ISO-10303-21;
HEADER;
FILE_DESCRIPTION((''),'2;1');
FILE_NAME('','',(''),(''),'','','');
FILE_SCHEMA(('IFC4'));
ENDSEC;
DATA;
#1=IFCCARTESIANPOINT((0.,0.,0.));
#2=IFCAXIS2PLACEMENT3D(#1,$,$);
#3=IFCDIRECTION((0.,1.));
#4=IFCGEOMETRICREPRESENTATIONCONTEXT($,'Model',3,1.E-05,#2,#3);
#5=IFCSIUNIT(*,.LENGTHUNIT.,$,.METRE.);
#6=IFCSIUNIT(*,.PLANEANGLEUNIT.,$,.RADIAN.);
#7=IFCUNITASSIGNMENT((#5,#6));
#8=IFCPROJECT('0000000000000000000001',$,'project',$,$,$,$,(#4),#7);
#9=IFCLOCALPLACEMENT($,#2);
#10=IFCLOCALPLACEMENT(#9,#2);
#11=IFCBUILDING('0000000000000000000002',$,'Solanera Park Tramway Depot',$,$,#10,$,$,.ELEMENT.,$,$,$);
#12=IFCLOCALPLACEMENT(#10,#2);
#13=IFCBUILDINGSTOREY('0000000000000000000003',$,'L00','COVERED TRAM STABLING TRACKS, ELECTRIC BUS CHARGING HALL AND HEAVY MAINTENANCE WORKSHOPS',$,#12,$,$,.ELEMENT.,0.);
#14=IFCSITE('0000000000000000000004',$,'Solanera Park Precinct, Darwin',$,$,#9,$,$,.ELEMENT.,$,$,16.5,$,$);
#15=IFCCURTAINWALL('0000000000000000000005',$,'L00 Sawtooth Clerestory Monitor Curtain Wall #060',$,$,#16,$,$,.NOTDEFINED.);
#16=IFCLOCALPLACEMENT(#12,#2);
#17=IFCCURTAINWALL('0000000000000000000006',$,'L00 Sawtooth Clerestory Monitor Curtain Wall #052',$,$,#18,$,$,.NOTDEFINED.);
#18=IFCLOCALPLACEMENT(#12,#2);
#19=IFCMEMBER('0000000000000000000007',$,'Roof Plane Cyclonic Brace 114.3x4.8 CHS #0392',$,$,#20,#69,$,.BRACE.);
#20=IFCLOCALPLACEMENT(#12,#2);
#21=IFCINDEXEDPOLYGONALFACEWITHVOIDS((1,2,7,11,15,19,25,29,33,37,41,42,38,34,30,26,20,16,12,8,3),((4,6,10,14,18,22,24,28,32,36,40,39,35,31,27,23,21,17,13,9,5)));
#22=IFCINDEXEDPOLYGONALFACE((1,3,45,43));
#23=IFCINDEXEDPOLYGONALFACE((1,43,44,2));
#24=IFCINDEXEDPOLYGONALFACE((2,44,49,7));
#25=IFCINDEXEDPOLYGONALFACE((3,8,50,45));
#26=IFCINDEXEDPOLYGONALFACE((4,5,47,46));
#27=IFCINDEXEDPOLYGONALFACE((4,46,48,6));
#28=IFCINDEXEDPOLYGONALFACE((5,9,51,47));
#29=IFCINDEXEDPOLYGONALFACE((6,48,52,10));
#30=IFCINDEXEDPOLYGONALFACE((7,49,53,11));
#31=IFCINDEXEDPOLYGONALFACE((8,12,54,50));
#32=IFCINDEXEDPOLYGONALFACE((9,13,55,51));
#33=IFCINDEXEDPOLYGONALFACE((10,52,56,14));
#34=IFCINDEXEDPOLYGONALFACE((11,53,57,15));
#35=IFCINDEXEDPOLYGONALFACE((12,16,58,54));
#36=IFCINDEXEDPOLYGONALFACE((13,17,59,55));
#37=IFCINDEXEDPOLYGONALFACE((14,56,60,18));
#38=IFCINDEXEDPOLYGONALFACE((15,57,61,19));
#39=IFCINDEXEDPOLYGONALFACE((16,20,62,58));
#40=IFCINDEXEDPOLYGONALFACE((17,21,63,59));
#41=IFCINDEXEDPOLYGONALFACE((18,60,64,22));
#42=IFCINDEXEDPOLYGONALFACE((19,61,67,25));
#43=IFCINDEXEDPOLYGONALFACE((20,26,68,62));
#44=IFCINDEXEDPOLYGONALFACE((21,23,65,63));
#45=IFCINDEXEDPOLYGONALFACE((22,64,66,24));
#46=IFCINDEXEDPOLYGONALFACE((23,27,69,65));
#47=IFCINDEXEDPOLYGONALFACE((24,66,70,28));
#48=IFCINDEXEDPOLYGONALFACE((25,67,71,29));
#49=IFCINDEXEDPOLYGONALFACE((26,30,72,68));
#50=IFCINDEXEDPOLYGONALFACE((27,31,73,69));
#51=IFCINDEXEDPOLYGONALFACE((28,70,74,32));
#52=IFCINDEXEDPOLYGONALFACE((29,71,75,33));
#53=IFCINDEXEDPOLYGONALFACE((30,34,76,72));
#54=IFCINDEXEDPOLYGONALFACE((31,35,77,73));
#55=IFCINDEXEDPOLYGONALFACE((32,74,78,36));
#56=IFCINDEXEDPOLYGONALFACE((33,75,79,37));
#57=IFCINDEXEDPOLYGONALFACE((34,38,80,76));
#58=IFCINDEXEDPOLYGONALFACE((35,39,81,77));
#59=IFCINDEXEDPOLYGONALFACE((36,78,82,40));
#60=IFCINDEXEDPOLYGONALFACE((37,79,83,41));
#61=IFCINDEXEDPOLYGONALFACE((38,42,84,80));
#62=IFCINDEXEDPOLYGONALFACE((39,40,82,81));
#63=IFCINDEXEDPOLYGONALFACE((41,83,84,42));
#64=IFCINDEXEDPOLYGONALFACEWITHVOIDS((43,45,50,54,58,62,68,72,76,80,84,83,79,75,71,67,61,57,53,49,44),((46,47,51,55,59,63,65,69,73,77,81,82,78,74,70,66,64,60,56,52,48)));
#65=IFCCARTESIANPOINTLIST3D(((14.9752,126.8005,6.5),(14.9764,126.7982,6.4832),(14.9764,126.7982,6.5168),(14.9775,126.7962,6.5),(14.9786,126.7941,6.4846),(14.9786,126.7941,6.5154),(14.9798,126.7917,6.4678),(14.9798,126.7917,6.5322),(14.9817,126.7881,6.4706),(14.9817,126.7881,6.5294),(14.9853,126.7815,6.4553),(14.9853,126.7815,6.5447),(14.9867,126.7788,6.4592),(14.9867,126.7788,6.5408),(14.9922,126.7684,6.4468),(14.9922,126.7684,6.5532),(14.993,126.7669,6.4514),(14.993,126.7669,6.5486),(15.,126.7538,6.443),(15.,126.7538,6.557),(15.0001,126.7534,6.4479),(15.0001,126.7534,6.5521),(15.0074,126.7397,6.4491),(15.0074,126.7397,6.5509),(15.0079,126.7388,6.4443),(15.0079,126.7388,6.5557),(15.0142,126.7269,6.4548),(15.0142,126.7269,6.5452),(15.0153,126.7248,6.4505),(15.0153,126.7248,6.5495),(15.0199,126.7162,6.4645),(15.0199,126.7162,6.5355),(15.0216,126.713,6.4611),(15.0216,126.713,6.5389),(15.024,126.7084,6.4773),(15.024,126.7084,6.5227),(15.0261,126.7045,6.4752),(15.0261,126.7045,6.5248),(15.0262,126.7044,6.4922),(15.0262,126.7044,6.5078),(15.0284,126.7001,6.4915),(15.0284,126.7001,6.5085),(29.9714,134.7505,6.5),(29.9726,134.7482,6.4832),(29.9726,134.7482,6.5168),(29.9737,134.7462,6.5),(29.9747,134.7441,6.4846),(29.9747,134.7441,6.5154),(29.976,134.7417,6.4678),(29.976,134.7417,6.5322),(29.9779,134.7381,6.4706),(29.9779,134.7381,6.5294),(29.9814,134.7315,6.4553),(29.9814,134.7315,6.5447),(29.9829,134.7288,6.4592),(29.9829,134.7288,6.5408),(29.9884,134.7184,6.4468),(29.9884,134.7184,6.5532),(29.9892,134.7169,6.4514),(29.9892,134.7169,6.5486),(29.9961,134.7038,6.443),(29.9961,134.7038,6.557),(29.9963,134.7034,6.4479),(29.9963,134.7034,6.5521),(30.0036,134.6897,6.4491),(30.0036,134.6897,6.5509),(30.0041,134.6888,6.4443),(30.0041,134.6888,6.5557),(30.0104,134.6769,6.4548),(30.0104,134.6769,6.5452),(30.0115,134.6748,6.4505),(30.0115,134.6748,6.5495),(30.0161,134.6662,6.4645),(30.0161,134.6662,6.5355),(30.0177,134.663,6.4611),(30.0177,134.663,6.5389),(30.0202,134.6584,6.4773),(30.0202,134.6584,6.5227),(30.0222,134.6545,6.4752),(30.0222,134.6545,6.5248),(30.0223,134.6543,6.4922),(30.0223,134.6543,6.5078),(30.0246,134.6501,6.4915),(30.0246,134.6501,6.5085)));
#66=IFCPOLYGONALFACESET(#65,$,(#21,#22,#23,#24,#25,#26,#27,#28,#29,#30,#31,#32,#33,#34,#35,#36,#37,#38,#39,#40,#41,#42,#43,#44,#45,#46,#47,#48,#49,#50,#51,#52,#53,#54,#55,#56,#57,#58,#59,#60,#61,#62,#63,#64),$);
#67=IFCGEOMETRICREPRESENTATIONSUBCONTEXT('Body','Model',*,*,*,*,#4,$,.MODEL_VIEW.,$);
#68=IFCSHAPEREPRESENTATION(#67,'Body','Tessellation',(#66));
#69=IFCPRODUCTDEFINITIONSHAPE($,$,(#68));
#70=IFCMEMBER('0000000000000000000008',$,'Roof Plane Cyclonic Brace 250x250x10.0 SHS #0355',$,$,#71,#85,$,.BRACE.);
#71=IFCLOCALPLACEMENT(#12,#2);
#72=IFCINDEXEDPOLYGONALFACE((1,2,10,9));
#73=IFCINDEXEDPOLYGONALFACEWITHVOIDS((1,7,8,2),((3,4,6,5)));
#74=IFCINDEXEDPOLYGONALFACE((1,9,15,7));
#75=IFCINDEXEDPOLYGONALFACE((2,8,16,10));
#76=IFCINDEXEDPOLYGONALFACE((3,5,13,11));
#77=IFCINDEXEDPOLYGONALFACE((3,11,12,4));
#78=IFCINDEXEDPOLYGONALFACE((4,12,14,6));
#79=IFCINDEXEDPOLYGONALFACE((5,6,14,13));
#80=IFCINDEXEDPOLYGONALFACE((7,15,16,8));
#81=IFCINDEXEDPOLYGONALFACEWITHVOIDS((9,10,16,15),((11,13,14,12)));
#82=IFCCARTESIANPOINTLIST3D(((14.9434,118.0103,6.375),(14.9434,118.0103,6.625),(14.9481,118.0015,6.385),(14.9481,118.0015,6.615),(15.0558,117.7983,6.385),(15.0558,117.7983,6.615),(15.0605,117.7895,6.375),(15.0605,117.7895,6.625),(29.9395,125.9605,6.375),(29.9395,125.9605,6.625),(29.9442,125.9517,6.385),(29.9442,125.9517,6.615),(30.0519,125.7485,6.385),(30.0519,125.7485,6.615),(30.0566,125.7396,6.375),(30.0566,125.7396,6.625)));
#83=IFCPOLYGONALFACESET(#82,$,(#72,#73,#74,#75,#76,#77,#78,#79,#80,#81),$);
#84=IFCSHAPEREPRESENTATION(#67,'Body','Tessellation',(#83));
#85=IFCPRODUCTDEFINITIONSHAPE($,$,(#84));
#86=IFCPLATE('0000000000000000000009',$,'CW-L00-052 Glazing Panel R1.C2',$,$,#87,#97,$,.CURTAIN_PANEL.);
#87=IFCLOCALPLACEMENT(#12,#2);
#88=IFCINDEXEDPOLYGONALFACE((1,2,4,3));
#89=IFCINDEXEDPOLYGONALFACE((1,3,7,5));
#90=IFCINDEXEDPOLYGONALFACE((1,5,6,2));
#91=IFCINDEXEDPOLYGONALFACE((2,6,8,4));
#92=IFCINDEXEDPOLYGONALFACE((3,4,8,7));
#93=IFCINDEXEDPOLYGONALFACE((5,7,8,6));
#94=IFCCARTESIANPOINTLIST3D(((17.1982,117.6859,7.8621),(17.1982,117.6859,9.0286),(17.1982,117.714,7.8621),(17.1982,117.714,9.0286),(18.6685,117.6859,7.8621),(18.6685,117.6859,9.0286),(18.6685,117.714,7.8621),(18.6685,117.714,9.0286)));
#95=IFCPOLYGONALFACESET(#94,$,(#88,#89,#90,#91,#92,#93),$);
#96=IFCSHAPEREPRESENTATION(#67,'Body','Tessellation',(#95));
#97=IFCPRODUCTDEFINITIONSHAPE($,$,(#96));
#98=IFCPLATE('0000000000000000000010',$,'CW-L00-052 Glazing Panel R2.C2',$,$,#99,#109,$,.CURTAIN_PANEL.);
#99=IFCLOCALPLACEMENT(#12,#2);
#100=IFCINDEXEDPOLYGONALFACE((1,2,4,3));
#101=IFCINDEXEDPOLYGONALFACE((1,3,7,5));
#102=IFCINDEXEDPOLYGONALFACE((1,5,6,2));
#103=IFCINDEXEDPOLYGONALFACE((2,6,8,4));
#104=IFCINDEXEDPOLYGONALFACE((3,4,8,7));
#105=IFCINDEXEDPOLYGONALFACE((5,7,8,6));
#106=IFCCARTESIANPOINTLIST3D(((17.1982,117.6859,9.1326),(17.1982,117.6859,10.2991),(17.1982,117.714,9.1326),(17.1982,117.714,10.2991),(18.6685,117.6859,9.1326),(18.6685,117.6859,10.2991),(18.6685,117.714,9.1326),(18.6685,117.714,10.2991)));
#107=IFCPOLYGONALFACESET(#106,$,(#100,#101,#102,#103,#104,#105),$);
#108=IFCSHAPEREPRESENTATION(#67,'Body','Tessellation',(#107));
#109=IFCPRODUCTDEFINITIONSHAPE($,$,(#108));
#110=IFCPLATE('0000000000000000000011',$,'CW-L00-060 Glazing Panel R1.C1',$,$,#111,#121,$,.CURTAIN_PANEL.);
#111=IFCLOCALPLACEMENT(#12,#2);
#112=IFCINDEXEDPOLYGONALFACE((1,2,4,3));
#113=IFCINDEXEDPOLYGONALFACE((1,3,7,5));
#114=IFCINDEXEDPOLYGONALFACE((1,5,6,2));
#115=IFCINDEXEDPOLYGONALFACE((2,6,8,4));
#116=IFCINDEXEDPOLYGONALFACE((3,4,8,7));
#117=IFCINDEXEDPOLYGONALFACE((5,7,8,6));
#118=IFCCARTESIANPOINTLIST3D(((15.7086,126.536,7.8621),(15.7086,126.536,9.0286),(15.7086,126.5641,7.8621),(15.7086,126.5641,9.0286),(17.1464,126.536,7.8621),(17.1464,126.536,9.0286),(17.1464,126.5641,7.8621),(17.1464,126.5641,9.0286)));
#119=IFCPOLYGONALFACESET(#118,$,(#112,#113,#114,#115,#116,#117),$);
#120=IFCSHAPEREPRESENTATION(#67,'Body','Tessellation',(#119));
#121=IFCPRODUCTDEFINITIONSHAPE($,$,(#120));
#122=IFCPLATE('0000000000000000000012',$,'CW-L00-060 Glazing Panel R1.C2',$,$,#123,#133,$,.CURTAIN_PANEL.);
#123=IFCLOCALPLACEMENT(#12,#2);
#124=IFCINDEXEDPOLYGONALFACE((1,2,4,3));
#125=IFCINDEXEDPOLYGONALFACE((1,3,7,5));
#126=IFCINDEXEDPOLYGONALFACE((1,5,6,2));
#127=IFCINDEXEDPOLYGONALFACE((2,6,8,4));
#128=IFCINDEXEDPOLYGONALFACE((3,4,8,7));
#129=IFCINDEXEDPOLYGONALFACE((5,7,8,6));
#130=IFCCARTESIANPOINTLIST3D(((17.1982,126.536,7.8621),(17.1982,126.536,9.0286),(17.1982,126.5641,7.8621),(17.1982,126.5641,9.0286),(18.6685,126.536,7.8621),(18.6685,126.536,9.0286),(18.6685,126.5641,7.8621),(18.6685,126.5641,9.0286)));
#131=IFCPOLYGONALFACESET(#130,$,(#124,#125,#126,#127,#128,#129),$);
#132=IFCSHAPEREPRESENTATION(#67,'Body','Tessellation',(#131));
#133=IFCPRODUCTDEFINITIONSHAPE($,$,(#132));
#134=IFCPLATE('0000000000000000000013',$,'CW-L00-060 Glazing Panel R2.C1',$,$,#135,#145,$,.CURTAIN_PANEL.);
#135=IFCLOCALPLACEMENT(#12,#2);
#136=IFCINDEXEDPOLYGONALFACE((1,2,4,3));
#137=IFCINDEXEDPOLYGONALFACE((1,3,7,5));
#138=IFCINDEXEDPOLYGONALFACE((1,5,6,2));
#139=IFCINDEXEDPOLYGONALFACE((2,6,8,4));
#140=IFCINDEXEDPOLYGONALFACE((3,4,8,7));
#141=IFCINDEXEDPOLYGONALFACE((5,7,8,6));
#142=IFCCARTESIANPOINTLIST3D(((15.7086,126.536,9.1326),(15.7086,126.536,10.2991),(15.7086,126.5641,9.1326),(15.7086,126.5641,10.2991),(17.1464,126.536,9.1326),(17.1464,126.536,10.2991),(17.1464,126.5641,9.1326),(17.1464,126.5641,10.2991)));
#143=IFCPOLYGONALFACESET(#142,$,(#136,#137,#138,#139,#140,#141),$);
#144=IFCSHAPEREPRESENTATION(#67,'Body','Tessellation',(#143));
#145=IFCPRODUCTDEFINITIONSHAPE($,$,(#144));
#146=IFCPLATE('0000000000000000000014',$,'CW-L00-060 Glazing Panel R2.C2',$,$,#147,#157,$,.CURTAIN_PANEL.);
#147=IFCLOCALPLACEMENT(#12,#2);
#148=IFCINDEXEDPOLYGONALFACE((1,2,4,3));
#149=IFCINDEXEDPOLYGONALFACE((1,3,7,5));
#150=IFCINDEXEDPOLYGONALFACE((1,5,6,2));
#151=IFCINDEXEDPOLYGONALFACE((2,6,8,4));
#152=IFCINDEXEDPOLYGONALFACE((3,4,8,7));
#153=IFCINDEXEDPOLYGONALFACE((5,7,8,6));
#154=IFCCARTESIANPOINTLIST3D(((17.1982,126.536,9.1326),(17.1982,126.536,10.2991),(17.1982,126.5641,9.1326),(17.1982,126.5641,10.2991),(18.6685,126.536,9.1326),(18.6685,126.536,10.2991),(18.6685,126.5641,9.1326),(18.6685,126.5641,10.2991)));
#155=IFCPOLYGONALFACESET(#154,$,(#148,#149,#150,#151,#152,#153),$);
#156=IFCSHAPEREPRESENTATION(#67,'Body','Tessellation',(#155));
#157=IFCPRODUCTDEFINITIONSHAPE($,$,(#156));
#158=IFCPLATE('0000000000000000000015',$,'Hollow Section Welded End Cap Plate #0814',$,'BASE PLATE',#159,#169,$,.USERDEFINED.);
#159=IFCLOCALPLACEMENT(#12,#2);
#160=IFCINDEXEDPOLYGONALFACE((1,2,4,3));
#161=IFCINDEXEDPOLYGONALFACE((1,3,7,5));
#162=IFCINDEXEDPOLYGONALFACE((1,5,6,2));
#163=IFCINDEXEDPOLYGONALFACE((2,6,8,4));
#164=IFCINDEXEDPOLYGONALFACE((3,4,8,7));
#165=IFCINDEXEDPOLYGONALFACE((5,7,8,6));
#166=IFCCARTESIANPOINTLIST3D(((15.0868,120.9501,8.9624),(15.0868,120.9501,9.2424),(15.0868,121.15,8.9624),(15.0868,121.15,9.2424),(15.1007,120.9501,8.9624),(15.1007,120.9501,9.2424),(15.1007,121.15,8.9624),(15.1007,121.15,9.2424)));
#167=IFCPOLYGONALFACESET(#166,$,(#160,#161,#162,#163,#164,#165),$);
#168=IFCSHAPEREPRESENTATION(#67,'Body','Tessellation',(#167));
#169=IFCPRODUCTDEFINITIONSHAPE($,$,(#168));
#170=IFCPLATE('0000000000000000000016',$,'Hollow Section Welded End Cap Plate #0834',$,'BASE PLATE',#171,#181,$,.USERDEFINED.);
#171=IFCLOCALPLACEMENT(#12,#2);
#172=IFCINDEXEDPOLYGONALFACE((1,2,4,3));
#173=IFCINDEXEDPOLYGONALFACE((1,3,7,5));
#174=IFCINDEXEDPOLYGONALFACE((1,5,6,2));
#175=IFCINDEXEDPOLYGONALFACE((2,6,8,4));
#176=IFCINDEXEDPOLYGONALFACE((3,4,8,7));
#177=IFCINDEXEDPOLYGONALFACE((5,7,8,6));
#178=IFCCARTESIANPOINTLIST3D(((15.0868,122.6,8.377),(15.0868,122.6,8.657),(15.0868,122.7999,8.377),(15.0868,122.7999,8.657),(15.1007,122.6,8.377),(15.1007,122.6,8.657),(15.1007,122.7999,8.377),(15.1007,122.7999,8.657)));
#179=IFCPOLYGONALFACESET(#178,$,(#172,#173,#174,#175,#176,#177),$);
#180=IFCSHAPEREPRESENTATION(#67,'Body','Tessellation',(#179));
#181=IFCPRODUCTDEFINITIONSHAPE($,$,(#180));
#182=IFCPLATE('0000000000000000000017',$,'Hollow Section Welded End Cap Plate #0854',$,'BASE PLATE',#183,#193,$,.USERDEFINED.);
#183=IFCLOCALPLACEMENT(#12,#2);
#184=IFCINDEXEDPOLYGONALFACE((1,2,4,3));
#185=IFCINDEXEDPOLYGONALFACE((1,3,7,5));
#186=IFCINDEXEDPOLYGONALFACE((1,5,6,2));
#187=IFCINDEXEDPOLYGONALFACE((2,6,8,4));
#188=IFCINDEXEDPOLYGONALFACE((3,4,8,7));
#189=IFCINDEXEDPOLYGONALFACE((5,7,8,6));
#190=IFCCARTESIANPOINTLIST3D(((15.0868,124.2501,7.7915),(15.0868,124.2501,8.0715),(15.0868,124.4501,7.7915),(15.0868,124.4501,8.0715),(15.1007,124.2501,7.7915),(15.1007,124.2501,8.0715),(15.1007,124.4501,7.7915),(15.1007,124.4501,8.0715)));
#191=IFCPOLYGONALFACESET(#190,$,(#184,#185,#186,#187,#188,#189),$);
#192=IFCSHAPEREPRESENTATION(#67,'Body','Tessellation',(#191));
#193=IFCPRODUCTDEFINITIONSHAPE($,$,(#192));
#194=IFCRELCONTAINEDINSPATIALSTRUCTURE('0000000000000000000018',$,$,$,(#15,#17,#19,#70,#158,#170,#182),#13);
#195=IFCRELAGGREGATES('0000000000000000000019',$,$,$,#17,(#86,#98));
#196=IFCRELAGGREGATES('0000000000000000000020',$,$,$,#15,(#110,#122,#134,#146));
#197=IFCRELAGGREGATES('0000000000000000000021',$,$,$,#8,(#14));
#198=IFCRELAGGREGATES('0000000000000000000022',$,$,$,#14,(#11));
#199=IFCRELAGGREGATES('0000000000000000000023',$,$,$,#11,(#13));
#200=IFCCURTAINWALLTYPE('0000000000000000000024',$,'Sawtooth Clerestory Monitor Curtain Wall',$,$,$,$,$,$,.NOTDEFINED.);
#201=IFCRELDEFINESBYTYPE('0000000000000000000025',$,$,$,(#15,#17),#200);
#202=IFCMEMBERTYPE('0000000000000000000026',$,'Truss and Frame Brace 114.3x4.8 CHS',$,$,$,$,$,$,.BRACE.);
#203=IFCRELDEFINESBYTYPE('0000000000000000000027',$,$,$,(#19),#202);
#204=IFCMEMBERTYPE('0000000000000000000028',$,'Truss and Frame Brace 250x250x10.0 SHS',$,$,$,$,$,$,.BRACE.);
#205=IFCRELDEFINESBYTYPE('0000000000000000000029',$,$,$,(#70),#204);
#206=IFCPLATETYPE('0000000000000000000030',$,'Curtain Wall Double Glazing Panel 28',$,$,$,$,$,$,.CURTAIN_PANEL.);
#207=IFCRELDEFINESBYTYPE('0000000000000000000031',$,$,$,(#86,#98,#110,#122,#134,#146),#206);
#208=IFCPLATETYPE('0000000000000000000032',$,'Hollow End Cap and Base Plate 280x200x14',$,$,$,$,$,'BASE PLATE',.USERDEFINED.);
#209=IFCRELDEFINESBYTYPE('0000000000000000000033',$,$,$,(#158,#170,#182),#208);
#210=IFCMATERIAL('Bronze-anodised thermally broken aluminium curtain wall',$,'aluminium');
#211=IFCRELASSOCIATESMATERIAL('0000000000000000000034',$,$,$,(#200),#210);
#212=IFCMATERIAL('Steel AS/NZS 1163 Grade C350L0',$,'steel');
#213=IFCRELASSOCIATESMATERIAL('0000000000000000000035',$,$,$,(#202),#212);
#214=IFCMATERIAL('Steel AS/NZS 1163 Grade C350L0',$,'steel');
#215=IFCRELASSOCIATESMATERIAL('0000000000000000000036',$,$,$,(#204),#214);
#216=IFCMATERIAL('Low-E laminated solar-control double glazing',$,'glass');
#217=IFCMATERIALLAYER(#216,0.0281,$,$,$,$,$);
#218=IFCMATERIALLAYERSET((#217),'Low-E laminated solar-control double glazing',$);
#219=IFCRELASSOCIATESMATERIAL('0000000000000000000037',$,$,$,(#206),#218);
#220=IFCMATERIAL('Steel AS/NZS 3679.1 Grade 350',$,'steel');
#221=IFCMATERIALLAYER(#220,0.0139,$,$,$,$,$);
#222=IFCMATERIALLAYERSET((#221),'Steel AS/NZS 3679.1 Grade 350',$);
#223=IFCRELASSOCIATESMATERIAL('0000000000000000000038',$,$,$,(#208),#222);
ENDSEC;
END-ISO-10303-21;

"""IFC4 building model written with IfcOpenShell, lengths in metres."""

from ifc_helpers import new_model, si_unit, direction, frame, origin, origin_2d, place, context, subcontext, project, spatial, rectangle, hollow_rectangle, hollow_circle, extrude, material, layer, layer_set, material_profile, profile_set, type_object, element, aggregate, save


model = new_model("IFC4")

# Units and contexts
model_context = context("Model", 3, precision=1e-05, world=origin(), true_north=direction((0.0, 1.0)))
body_context = subcontext(model_context, "Body", "Model", "MODEL_VIEW")
ifc_project = project(units=[si_unit("LENGTHUNIT", "METRE"), si_unit("PLANEANGLEUNIT", "RADIAN")], contexts=[model_context])

# Site, building, storey
site_placement = place(None, origin())
site = spatial("IfcSite", under=ifc_project, at=site_placement, Name="Solanera Park Precinct, Darwin", CompositionType="ELEMENT", RefElevation=16.5)
building_placement = place(site_placement, origin())
building = spatial("IfcBuilding", under=site, at=building_placement, Name="Solanera Park Tramway Depot", CompositionType="ELEMENT")
storey_placement = place(building_placement, origin())
storey = spatial("IfcBuildingStorey", under=building, at=storey_placement, Name="L00", Description="COVERED TRAM STABLING TRACKS, ELECTRIC BUS CHARGING HALL AND HEAVY MAINTENANCE WORKSHOPS", CompositionType="ELEMENT", Elevation=0.0)

# Curtain wall
ifc_material_1 = material(Name="Bronze-anodised thermally broken aluminium curtain wall", Category="aluminium")
curtain_wall_type = type_object("IfcCurtainWallType", Name="Sawtooth Clerestory Monitor Curtain Wall", PredefinedType="NOTDEFINED", material=ifc_material_1)
curtain_wall_1_placement = place(storey_placement, origin())
curtain_wall_1 = element("IfcCurtainWall", 1, at=curtain_wall_1_placement, inside=storey, type_object=curtain_wall_type, Name="L00 Sawtooth Clerestory Monitor Curtain Wall #060", PredefinedType="NOTDEFINED")

# Curtain wall
curtain_wall_2_placement = place(storey_placement, origin())
curtain_wall_2 = element("IfcCurtainWall", 2, at=curtain_wall_2_placement, inside=storey, type_object=curtain_wall_type, Name="L00 Sawtooth Clerestory Monitor Curtain Wall #052", PredefinedType="NOTDEFINED")

# Members
ifc_material_2 = material(Name="Steel AS/NZS 1163 Grade C350L0", Category="steel")
ifc_material_profile_1 = material_profile(ifc_material_2, hollow_circle(Radius=0.0571, WallThickness=0.0049, at=origin_2d()), Name="114.3x4.8 CHS")
ifc_profile_set_1 = profile_set([ifc_material_profile_1], Name="Steel AS/NZS 1163 Grade C350L0")
member_type_1 = type_object("IfcMemberType", Name="Truss and Frame Brace 114.3x4.8 CHS", PredefinedType="BRACE", material=ifc_profile_set_1)
member_1_placement = place(storey_placement, frame((15.002, 126.75, 6.5), z_axis=(0.883524, 0.468387, 0.0), x_axis=(-0.468387, 0.883524, 0.0)))
element("IfcMember", 3, at=member_1_placement, inside=storey, type_object=member_type_1, Name="Roof Plane Cyclonic Brace 114.3x4.8 CHS #0392", PredefinedType="BRACE", context=body_context, shape_type="SweptSolid", body=[
    extrude(hollow_circle(Radius=0.0571, WallThickness=0.0049, at=origin_2d()), origin(), (0.0, 0.0, 1.0), 16.9731),
])
ifc_material_3 = material(Name="Steel AS/NZS 1163 Grade C350L0", Category="steel")
ifc_material_profile_2 = material_profile(ifc_material_3, hollow_rectangle(XDim=0.25, YDim=0.25, WallThickness=0.01, at=origin_2d()), Name="250x250x10.0 SHS")
ifc_profile_set_2 = profile_set([ifc_material_profile_2], Name="Steel AS/NZS 1163 Grade C350L0")
member_type_2 = type_object("IfcMemberType", Name="Truss and Frame Brace 250x250x10.0 SHS", PredefinedType="BRACE", material=ifc_profile_set_2)
member_2_placement = place(storey_placement, frame((15.002, 117.8999, 6.5), z_axis=(0.883518, 0.468398, 0.0), x_axis=(-0.468398, 0.883518, 0.0)))
element("IfcMember", 4, at=member_2_placement, inside=storey, type_object=member_type_2, Name="Roof Plane Cyclonic Brace 250x250x10.0 SHS #0355", PredefinedType="BRACE", context=body_context, shape_type="SweptSolid", body=[
    extrude(hollow_rectangle(XDim=0.25, YDim=0.25, WallThickness=0.01, at=origin_2d()), origin(), (0.0, 0.0, 1.0), 16.9731),
])

# Plates
ifc_material_4 = material(Name="Low-E laminated solar-control double glazing", Category="glass")
ifc_layer_1 = layer(ifc_material_4, 0.0281)
ifc_layer_set_1 = layer_set([ifc_layer_1], Name="Low-E laminated solar-control double glazing")
plate_type_1 = type_object("IfcPlateType", Name="Curtain Wall Double Glazing Panel 28", PredefinedType="CURTAIN_PANEL", material=ifc_layer_set_1)
plate_1_placement = place(storey_placement, frame((17.9333, 117.7, 7.8621), z_axis=(0.0, 0.0, 1.0), x_axis=(1.0, 0.0, 0.0)))
plate_1 = element("IfcPlate", 5, at=plate_1_placement, type_object=plate_type_1, Name="CW-L00-052 Glazing Panel R1.C2", PredefinedType="CURTAIN_PANEL", context=body_context, shape_type="SweptSolid", body=[
    extrude(rectangle(XDim=1.4702, YDim=0.0281, at=origin_2d()), origin(), (0.0, 0.0, 1.0), 1.1665),
])
plate_2_placement = place(storey_placement, frame((17.9333, 117.7, 9.1326), z_axis=(0.0, 0.0, 1.0), x_axis=(1.0, 0.0, 0.0)))
plate_2 = element("IfcPlate", 6, at=plate_2_placement, type_object=plate_type_1, Name="CW-L00-052 Glazing Panel R2.C2", PredefinedType="CURTAIN_PANEL", context=body_context, shape_type="SweptSolid", body=[
    extrude(rectangle(XDim=1.4702, YDim=0.0281, at=origin_2d()), origin(), (0.0, 0.0, 1.0), 1.1665),
])
aggregate(curtain_wall_2, [plate_1, plate_2])
plate_3_placement = place(storey_placement, frame((16.4275, 126.55, 7.8621), z_axis=(0.0, 0.0, 1.0), x_axis=(1.0, 0.0, 0.0)))
plate_3 = element("IfcPlate", 7, at=plate_3_placement, type_object=plate_type_1, Name="CW-L00-060 Glazing Panel R1.C1", PredefinedType="CURTAIN_PANEL", context=body_context, shape_type="SweptSolid", body=[
    extrude(rectangle(XDim=1.4377, YDim=0.0281, at=origin_2d()), origin(), (0.0, 0.0, 1.0), 1.1665),
])
plate_4_placement = place(storey_placement, frame((17.9333, 126.55, 7.8621), z_axis=(0.0, 0.0, 1.0), x_axis=(1.0, 0.0, 0.0)))
plate_4 = element("IfcPlate", 8, at=plate_4_placement, type_object=plate_type_1, Name="CW-L00-060 Glazing Panel R1.C2", PredefinedType="CURTAIN_PANEL", context=body_context, shape_type="SweptSolid", body=[
    extrude(rectangle(XDim=1.4702, YDim=0.0281, at=origin_2d()), origin(), (0.0, 0.0, 1.0), 1.1665),
])
plate_5_placement = place(storey_placement, frame((16.4275, 126.55, 9.1326), z_axis=(0.0, 0.0, 1.0), x_axis=(1.0, 0.0, 0.0)))
plate_5 = element("IfcPlate", 9, at=plate_5_placement, type_object=plate_type_1, Name="CW-L00-060 Glazing Panel R2.C1", PredefinedType="CURTAIN_PANEL", context=body_context, shape_type="SweptSolid", body=[
    extrude(rectangle(XDim=1.4377, YDim=0.0281, at=origin_2d()), origin(), (0.0, 0.0, 1.0), 1.1665),
])
plate_6_placement = place(storey_placement, frame((17.9333, 126.55, 9.1326), z_axis=(0.0, 0.0, 1.0), x_axis=(1.0, 0.0, 0.0)))
plate_6 = element("IfcPlate", 10, at=plate_6_placement, type_object=plate_type_1, Name="CW-L00-060 Glazing Panel R2.C2", PredefinedType="CURTAIN_PANEL", context=body_context, shape_type="SweptSolid", body=[
    extrude(rectangle(XDim=1.4702, YDim=0.0281, at=origin_2d()), origin(), (0.0, 0.0, 1.0), 1.1665),
])
aggregate(curtain_wall_1, [plate_3, plate_4, plate_5, plate_6])

# Plates
ifc_material_5 = material(Name="Steel AS/NZS 3679.1 Grade 350", Category="steel")
ifc_layer_2 = layer(ifc_material_5, 0.0139)
ifc_layer_set_2 = layer_set([ifc_layer_2], Name="Steel AS/NZS 3679.1 Grade 350")
plate_type_2 = type_object("IfcPlateType", Name="Hollow End Cap and Base Plate 280x200x14", ElementType="BASE PLATE", PredefinedType="USERDEFINED", material=ifc_layer_set_2)
for number, where, z_axis, x_axis, name in (
    (11, (15.0938, 121.05, 8.9624), (0.0, 0.0, 1.0), (1.0, 0.0, 0.0), "Hollow Section Welded End Cap Plate #0814"),
    (12, (15.0938, 122.7, 8.377), (0.0, 0.0, 1.0), (1.0, 0.0, 0.0), "Hollow Section Welded End Cap Plate #0834"),
    (13, (15.0938, 124.3501, 7.7915), (0.0, 0.0, 1.0), (1.0, 0.0, 0.0), "Hollow Section Welded End Cap Plate #0854"),
):
    element("IfcPlate", number, at=place(storey_placement, frame(where, z_axis=z_axis, x_axis=x_axis)), inside=storey, type_object=plate_type_2, Name=name, ObjectType="BASE PLATE", PredefinedType="USERDEFINED", context=body_context, shape_type="SweptSolid", body=[
        extrude(rectangle(XDim=0.0139, YDim=0.2, at=origin_2d()), origin(), (0.0, 0.0, 1.0), 0.28),
    ])

save(model, "model.ifc")
